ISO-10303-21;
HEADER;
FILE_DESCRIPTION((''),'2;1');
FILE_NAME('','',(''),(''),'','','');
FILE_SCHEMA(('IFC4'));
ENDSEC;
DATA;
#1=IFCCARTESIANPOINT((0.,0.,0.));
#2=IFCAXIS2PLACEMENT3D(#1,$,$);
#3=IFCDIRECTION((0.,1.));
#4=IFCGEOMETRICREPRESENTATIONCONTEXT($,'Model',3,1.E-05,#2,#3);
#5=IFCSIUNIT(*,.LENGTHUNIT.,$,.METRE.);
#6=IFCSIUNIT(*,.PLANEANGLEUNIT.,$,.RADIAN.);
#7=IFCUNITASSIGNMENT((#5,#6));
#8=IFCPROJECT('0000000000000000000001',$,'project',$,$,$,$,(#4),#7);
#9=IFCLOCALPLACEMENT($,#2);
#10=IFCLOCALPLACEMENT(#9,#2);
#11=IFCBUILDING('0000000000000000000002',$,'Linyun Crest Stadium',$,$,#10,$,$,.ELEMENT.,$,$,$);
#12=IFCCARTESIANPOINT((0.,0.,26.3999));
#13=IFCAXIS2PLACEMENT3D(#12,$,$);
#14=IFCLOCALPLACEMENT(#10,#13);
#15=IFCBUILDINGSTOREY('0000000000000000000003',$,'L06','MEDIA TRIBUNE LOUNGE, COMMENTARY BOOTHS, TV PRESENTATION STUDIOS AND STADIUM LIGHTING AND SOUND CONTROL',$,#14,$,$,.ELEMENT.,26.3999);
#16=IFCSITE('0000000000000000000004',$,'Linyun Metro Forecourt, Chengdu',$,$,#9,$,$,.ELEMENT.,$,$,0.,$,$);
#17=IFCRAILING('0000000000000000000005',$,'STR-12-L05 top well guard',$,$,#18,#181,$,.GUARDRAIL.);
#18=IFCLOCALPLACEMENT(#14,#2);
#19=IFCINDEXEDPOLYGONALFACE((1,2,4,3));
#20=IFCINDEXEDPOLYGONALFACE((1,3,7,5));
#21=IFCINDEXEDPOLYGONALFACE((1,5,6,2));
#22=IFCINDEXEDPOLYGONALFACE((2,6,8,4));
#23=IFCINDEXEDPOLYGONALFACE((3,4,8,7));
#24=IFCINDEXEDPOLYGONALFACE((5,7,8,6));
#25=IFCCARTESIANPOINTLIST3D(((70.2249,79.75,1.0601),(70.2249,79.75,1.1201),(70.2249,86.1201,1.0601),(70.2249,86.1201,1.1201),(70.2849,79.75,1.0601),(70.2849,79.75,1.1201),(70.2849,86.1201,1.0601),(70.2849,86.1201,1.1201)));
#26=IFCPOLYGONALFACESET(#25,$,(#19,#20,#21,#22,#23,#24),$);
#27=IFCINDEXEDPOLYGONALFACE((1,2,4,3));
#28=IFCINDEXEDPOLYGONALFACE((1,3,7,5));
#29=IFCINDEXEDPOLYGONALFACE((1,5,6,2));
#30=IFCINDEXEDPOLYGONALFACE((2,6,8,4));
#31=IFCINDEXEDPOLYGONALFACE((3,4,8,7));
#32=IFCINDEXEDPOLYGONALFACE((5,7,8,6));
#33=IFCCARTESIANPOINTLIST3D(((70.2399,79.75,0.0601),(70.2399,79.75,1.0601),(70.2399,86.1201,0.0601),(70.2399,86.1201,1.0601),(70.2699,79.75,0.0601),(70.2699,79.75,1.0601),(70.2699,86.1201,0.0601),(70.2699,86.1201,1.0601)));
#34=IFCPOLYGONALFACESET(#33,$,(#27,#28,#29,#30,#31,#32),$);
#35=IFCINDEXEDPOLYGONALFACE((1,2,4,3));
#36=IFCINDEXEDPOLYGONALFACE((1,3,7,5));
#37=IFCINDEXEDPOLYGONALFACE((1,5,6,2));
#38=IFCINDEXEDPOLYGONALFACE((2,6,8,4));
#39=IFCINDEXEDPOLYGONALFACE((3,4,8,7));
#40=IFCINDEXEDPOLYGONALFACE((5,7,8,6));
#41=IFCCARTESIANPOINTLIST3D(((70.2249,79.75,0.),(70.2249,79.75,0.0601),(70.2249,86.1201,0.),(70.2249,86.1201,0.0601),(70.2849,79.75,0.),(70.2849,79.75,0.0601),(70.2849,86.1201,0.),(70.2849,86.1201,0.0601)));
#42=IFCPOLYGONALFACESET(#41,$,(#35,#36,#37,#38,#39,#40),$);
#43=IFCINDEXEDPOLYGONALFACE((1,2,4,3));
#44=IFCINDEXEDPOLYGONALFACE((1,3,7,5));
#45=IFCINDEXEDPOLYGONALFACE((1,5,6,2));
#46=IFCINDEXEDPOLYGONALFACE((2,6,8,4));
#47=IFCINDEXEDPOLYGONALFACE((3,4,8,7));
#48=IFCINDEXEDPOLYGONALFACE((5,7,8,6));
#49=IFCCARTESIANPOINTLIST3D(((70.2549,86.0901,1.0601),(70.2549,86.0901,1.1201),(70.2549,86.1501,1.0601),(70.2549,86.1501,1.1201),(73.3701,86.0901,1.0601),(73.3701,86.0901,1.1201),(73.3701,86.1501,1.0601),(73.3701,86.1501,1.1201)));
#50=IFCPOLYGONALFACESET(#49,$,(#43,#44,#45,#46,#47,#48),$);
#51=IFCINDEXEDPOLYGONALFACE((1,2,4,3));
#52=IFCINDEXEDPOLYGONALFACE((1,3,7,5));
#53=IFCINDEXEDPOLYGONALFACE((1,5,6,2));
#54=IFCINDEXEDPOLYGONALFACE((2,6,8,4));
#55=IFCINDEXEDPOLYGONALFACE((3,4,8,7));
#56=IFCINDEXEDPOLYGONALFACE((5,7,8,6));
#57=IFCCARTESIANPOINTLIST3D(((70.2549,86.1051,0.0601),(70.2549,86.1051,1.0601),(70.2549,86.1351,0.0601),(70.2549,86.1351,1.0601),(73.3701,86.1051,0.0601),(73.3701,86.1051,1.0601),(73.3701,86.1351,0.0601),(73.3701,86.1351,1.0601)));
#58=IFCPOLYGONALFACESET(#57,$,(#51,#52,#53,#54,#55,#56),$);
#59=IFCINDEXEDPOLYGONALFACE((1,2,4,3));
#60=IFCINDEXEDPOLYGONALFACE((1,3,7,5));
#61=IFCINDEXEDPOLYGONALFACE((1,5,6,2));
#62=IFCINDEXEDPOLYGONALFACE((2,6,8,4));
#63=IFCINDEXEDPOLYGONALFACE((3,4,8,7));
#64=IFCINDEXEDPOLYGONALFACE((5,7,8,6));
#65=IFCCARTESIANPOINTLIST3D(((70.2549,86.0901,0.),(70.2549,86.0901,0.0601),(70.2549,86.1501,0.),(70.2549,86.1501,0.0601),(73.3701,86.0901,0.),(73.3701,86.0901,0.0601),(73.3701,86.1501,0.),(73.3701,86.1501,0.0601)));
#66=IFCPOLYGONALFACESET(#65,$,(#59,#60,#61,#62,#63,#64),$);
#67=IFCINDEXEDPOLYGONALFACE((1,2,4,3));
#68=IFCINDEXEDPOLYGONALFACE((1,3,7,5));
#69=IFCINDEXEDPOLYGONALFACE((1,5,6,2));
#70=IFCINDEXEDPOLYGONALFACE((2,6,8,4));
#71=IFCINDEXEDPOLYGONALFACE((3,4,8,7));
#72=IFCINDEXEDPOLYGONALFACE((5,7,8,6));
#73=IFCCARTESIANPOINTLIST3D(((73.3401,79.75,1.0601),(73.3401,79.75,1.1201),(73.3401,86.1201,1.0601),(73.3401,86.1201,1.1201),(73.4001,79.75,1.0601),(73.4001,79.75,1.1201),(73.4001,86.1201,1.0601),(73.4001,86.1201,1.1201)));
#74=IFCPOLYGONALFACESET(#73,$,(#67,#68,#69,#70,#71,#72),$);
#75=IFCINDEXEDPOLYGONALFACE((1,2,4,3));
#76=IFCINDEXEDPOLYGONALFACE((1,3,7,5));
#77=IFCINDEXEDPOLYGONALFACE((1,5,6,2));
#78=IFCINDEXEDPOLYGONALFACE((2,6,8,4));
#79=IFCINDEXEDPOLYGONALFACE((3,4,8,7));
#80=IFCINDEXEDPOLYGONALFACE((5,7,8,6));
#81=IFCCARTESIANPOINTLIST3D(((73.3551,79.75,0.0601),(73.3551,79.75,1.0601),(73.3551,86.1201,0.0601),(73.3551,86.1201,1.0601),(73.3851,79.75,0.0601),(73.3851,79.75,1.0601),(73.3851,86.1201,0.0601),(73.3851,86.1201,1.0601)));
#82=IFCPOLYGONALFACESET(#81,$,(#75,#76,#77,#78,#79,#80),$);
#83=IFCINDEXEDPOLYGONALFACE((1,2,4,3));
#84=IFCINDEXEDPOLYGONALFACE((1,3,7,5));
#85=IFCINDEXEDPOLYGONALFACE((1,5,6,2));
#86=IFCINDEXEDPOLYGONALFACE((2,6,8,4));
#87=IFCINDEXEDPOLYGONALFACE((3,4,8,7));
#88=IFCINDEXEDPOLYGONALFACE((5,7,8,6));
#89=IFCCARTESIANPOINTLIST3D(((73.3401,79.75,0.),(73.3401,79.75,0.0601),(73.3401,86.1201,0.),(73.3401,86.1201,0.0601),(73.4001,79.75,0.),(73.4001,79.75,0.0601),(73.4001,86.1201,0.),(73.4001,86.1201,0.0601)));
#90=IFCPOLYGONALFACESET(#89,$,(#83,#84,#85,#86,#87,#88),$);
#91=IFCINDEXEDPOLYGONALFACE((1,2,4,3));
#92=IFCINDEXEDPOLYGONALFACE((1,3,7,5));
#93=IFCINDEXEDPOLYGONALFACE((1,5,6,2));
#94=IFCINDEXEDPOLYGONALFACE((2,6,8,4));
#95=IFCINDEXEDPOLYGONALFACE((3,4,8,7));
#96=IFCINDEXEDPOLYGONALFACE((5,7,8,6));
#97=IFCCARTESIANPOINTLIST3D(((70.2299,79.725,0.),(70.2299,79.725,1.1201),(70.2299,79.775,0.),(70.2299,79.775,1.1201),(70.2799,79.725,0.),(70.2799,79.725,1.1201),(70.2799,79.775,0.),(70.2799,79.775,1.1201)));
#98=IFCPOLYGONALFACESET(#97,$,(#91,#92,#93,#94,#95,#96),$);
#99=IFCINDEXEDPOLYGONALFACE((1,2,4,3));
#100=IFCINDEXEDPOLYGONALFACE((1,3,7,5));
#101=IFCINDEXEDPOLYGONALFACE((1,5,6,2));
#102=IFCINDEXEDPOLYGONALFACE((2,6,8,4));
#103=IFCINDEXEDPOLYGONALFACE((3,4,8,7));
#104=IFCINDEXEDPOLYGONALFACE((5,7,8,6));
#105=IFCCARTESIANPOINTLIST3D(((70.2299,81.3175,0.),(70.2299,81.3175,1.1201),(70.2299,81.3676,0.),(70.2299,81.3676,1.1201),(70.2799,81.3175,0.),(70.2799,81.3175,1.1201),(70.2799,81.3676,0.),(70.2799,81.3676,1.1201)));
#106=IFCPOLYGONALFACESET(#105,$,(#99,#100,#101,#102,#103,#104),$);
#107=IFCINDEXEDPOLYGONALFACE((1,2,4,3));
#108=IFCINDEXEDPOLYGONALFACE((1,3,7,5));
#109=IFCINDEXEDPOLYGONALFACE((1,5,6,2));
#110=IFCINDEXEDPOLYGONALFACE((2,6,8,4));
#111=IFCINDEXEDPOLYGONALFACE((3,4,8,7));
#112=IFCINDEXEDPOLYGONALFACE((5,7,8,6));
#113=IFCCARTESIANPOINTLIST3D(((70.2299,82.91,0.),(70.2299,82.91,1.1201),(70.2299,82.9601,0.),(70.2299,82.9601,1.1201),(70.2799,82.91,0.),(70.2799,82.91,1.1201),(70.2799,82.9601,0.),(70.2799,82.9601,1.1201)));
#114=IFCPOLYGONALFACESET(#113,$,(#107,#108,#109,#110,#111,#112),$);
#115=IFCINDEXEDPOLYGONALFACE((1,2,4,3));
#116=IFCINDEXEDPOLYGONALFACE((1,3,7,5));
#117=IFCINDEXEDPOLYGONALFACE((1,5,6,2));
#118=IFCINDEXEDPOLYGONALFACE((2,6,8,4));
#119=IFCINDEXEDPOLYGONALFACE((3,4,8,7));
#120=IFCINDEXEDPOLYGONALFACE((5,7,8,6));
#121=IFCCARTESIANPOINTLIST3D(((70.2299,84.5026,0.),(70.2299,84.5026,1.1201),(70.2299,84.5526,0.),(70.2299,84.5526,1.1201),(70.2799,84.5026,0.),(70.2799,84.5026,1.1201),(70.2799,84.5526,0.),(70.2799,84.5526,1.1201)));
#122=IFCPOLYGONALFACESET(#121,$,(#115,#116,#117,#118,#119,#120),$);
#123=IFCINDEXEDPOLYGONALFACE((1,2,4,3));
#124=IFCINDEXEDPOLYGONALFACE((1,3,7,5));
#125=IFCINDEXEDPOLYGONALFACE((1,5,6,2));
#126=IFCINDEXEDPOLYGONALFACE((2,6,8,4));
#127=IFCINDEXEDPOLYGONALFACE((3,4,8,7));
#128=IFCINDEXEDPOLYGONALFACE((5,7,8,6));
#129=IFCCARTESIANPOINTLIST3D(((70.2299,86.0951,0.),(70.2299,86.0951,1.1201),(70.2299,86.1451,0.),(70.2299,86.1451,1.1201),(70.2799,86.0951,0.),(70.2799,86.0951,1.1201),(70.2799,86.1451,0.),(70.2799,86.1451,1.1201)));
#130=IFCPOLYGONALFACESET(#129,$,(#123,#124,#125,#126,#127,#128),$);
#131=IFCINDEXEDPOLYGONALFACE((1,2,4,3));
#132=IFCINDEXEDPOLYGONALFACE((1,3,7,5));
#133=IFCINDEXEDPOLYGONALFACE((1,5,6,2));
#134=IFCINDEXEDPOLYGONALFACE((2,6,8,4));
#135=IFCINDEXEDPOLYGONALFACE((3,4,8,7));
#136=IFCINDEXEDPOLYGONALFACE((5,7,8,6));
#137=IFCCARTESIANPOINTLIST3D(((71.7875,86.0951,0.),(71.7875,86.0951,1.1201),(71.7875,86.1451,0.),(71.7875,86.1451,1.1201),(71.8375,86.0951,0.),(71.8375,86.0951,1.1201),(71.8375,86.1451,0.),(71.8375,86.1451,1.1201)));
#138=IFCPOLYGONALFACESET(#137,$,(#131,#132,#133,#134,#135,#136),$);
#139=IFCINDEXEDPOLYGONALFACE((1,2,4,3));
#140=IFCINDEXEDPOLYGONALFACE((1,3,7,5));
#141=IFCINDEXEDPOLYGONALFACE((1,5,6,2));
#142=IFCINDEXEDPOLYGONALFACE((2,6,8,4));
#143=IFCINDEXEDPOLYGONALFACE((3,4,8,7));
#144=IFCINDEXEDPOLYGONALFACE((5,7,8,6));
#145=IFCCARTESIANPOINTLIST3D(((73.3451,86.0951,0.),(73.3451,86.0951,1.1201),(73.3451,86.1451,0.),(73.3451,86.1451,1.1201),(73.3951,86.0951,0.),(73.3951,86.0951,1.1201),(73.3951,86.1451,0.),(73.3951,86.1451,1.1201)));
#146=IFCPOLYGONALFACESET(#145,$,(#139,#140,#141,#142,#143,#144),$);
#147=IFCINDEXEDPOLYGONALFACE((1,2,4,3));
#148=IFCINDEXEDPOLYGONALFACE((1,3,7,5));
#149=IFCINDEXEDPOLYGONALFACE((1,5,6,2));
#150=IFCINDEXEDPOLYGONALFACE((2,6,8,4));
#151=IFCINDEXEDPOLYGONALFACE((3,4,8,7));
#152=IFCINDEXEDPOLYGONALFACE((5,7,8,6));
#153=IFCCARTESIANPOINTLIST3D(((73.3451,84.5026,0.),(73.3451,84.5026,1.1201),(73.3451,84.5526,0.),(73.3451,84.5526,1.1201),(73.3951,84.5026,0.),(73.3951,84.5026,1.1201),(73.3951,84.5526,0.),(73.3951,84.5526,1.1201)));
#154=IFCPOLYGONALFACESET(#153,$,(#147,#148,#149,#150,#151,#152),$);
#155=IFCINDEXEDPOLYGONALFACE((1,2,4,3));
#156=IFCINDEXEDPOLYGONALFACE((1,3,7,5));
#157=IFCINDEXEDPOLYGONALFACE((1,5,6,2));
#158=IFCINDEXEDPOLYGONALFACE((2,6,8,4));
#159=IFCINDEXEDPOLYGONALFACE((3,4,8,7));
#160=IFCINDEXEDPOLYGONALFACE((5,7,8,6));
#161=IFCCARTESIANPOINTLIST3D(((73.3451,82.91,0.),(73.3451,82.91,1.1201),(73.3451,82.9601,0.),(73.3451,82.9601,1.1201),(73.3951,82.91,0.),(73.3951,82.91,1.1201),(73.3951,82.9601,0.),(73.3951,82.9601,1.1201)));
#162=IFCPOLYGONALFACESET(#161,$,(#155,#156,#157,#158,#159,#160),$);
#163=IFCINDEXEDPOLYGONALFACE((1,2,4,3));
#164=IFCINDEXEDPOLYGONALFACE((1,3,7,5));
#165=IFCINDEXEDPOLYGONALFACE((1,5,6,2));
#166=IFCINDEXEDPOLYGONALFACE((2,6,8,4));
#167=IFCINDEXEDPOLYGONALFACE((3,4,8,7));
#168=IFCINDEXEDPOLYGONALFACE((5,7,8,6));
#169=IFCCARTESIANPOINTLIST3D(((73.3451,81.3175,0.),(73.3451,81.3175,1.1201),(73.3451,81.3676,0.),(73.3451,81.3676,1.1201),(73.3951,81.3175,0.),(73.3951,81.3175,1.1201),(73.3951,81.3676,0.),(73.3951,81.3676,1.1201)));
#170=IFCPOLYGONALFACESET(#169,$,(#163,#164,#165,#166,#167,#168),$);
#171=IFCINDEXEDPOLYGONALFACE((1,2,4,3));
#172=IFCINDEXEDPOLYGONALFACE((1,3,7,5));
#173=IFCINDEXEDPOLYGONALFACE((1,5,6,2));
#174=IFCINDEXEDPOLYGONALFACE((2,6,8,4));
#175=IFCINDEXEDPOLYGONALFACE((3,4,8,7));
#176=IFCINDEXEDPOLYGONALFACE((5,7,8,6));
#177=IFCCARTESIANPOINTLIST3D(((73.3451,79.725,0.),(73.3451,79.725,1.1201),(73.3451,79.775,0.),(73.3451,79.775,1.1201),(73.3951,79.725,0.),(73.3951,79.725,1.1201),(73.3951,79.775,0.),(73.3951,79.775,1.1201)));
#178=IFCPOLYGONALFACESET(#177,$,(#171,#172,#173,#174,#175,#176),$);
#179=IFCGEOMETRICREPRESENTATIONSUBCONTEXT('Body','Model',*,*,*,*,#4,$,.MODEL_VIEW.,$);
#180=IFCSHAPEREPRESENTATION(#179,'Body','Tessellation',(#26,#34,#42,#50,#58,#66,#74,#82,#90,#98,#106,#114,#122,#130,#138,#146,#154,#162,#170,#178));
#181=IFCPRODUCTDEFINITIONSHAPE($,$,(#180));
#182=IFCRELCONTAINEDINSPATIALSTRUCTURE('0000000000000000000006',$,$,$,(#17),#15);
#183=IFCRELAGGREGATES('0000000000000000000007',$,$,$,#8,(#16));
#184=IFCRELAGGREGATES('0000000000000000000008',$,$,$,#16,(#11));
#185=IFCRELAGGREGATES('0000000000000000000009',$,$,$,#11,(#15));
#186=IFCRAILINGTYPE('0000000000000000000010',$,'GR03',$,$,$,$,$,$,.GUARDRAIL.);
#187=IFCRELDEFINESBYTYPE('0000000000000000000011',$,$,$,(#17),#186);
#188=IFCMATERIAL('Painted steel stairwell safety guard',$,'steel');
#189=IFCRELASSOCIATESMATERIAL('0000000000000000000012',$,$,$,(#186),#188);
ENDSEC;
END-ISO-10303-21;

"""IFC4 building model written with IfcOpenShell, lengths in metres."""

from ifc_helpers import new_model, si_unit, direction, frame, origin, origin_2d, place, context, subcontext, project, spatial, rectangle, extrude, material, type_object, element, save


model = new_model("IFC4")

# Units and contexts
model_context = context("Model", 3, precision=1e-05, world=origin(), true_north=direction((0.0, 1.0)))
body_context = subcontext(model_context, "Body", "Model", "MODEL_VIEW")
ifc_project = project(units=[si_unit("LENGTHUNIT", "METRE"), si_unit("PLANEANGLEUNIT", "RADIAN")], contexts=[model_context])

# Site, building, storey
site_placement = place(None, origin())
site = spatial("IfcSite", under=ifc_project, at=site_placement, Name="Linyun Metro Forecourt, Chengdu", CompositionType="ELEMENT", RefElevation=0.0)
building_placement = place(site_placement, origin())
building = spatial("IfcBuilding", under=site, at=building_placement, Name="Linyun Crest Stadium", CompositionType="ELEMENT")
storey_placement = place(building_placement, frame((0.0, 0.0, 26.3999)))
storey = spatial("IfcBuildingStorey", under=building, at=storey_placement, Name="L06", Description="MEDIA TRIBUNE LOUNGE, COMMENTARY BOOTHS, TV PRESENTATION STUDIOS AND STADIUM LIGHTING AND SOUND CONTROL", CompositionType="ELEMENT", Elevation=26.3999)

# Railing
ifc_material_1 = material(Name="Painted steel stairwell safety guard", Category="steel")
railing_type_1 = type_object("IfcRailingType", Name="GR03", PredefinedType="GUARDRAIL", material=ifc_material_1)
railing_1_placement = place(storey_placement, frame((70.2549, 79.75, 0.0)))
element("IfcRailing", 1, at=railing_1_placement, inside=storey, type_object=railing_type_1, Name="STR-12-L05 top well guard", PredefinedType="GUARDRAIL", context=body_context, shape_type="SweptSolid", body=[
    extrude(rectangle(XDim=0.0601, YDim=0.0601, at=origin_2d()), frame((0.0, 0.0, 1.0901), z_axis=(0.0, 1.0, 0.0), x_axis=(-1.0, 0.0, 0.0)), (0.0, 0.0, 1.0), 6.3701),
    extrude(rectangle(XDim=0.03, YDim=1.0, at=origin_2d()), frame((0.0, 0.0, 0.5601), z_axis=(0.0, 1.0, 0.0), x_axis=(-1.0, 0.0, 0.0)), (0.0, 0.0, 1.0), 6.3701),
    extrude(rectangle(XDim=0.0601, YDim=0.0601, at=origin_2d()), frame((0.0, 0.0, 0.03), z_axis=(0.0, 1.0, 0.0), x_axis=(-1.0, 0.0, 0.0)), (0.0, 0.0, 1.0), 6.3701),
    extrude(rectangle(XDim=0.0601, YDim=0.0601, at=origin_2d()), frame((0.0, 6.3701, 1.0901), z_axis=(1.0, 0.0, 0.0), x_axis=(0.0, 1.0, 0.0)), (0.0, 0.0, 1.0), 3.1152),
    extrude(rectangle(XDim=0.03, YDim=1.0, at=origin_2d()), frame((0.0, 6.3701, 0.5601), z_axis=(1.0, 0.0, 0.0), x_axis=(0.0, 1.0, 0.0)), (0.0, 0.0, 1.0), 3.1152),
    extrude(rectangle(XDim=0.0601, YDim=0.0601, at=origin_2d()), frame((0.0, 6.3701, 0.03), z_axis=(1.0, 0.0, 0.0), x_axis=(0.0, 1.0, 0.0)), (0.0, 0.0, 1.0), 3.1152),
    extrude(rectangle(XDim=0.0601, YDim=0.0601, at=origin_2d()), frame((3.1152, 6.3701, 1.0901), z_axis=(0.0, -1.0, 0.0), x_axis=(1.0, 0.0, 0.0)), (0.0, 0.0, 1.0), 6.3701),
    extrude(rectangle(XDim=0.03, YDim=1.0, at=origin_2d()), frame((3.1152, 6.3701, 0.5601), z_axis=(0.0, -1.0, 0.0), x_axis=(1.0, 0.0, 0.0)), (0.0, 0.0, 1.0), 6.3701),
    extrude(rectangle(XDim=0.0601, YDim=0.0601, at=origin_2d()), frame((3.1152, 6.3701, 0.03), z_axis=(0.0, -1.0, 0.0), x_axis=(1.0, 0.0, 0.0)), (0.0, 0.0, 1.0), 6.3701),
    extrude(rectangle(XDim=0.05, YDim=0.05, at=origin_2d()), origin(), (0.0, 0.0, 1.0), 1.1201),
    extrude(rectangle(XDim=0.05, YDim=0.05, at=origin_2d()), frame((0.0, 1.5925, 0.0)), (0.0, 0.0, 1.0), 1.1201),
    extrude(rectangle(XDim=0.05, YDim=0.05, at=origin_2d()), frame((0.0, 3.1851, 0.0)), (0.0, 0.0, 1.0), 1.1201),
    extrude(rectangle(XDim=0.05, YDim=0.05, at=origin_2d()), frame((0.0, 4.7776, 0.0)), (0.0, 0.0, 1.0), 1.1201),
    extrude(rectangle(XDim=0.05, YDim=0.05, at=origin_2d()), frame((0.0, 6.3701, 0.0)), (0.0, 0.0, 1.0), 1.1201),
    extrude(rectangle(XDim=0.05, YDim=0.05, at=origin_2d()), frame((1.5576, 6.3701, 0.0)), (0.0, 0.0, 1.0), 1.1201),
    extrude(rectangle(XDim=0.05, YDim=0.05, at=origin_2d()), frame((3.1152, 6.3701, 0.0)), (0.0, 0.0, 1.0), 1.1201),
    extrude(rectangle(XDim=0.05, YDim=0.05, at=origin_2d()), frame((3.1152, 4.7776, 0.0)), (0.0, 0.0, 1.0), 1.1201),
    extrude(rectangle(XDim=0.05, YDim=0.05, at=origin_2d()), frame((3.1152, 3.1851, 0.0)), (0.0, 0.0, 1.0), 1.1201),
    extrude(rectangle(XDim=0.05, YDim=0.05, at=origin_2d()), frame((3.1152, 1.5925, 0.0)), (0.0, 0.0, 1.0), 1.1201),
    extrude(rectangle(XDim=0.05, YDim=0.05, at=origin_2d()), frame((3.1152, 0.0, 0.0)), (0.0, 0.0, 1.0), 1.1201),
])

save(model, "model.ifc")
